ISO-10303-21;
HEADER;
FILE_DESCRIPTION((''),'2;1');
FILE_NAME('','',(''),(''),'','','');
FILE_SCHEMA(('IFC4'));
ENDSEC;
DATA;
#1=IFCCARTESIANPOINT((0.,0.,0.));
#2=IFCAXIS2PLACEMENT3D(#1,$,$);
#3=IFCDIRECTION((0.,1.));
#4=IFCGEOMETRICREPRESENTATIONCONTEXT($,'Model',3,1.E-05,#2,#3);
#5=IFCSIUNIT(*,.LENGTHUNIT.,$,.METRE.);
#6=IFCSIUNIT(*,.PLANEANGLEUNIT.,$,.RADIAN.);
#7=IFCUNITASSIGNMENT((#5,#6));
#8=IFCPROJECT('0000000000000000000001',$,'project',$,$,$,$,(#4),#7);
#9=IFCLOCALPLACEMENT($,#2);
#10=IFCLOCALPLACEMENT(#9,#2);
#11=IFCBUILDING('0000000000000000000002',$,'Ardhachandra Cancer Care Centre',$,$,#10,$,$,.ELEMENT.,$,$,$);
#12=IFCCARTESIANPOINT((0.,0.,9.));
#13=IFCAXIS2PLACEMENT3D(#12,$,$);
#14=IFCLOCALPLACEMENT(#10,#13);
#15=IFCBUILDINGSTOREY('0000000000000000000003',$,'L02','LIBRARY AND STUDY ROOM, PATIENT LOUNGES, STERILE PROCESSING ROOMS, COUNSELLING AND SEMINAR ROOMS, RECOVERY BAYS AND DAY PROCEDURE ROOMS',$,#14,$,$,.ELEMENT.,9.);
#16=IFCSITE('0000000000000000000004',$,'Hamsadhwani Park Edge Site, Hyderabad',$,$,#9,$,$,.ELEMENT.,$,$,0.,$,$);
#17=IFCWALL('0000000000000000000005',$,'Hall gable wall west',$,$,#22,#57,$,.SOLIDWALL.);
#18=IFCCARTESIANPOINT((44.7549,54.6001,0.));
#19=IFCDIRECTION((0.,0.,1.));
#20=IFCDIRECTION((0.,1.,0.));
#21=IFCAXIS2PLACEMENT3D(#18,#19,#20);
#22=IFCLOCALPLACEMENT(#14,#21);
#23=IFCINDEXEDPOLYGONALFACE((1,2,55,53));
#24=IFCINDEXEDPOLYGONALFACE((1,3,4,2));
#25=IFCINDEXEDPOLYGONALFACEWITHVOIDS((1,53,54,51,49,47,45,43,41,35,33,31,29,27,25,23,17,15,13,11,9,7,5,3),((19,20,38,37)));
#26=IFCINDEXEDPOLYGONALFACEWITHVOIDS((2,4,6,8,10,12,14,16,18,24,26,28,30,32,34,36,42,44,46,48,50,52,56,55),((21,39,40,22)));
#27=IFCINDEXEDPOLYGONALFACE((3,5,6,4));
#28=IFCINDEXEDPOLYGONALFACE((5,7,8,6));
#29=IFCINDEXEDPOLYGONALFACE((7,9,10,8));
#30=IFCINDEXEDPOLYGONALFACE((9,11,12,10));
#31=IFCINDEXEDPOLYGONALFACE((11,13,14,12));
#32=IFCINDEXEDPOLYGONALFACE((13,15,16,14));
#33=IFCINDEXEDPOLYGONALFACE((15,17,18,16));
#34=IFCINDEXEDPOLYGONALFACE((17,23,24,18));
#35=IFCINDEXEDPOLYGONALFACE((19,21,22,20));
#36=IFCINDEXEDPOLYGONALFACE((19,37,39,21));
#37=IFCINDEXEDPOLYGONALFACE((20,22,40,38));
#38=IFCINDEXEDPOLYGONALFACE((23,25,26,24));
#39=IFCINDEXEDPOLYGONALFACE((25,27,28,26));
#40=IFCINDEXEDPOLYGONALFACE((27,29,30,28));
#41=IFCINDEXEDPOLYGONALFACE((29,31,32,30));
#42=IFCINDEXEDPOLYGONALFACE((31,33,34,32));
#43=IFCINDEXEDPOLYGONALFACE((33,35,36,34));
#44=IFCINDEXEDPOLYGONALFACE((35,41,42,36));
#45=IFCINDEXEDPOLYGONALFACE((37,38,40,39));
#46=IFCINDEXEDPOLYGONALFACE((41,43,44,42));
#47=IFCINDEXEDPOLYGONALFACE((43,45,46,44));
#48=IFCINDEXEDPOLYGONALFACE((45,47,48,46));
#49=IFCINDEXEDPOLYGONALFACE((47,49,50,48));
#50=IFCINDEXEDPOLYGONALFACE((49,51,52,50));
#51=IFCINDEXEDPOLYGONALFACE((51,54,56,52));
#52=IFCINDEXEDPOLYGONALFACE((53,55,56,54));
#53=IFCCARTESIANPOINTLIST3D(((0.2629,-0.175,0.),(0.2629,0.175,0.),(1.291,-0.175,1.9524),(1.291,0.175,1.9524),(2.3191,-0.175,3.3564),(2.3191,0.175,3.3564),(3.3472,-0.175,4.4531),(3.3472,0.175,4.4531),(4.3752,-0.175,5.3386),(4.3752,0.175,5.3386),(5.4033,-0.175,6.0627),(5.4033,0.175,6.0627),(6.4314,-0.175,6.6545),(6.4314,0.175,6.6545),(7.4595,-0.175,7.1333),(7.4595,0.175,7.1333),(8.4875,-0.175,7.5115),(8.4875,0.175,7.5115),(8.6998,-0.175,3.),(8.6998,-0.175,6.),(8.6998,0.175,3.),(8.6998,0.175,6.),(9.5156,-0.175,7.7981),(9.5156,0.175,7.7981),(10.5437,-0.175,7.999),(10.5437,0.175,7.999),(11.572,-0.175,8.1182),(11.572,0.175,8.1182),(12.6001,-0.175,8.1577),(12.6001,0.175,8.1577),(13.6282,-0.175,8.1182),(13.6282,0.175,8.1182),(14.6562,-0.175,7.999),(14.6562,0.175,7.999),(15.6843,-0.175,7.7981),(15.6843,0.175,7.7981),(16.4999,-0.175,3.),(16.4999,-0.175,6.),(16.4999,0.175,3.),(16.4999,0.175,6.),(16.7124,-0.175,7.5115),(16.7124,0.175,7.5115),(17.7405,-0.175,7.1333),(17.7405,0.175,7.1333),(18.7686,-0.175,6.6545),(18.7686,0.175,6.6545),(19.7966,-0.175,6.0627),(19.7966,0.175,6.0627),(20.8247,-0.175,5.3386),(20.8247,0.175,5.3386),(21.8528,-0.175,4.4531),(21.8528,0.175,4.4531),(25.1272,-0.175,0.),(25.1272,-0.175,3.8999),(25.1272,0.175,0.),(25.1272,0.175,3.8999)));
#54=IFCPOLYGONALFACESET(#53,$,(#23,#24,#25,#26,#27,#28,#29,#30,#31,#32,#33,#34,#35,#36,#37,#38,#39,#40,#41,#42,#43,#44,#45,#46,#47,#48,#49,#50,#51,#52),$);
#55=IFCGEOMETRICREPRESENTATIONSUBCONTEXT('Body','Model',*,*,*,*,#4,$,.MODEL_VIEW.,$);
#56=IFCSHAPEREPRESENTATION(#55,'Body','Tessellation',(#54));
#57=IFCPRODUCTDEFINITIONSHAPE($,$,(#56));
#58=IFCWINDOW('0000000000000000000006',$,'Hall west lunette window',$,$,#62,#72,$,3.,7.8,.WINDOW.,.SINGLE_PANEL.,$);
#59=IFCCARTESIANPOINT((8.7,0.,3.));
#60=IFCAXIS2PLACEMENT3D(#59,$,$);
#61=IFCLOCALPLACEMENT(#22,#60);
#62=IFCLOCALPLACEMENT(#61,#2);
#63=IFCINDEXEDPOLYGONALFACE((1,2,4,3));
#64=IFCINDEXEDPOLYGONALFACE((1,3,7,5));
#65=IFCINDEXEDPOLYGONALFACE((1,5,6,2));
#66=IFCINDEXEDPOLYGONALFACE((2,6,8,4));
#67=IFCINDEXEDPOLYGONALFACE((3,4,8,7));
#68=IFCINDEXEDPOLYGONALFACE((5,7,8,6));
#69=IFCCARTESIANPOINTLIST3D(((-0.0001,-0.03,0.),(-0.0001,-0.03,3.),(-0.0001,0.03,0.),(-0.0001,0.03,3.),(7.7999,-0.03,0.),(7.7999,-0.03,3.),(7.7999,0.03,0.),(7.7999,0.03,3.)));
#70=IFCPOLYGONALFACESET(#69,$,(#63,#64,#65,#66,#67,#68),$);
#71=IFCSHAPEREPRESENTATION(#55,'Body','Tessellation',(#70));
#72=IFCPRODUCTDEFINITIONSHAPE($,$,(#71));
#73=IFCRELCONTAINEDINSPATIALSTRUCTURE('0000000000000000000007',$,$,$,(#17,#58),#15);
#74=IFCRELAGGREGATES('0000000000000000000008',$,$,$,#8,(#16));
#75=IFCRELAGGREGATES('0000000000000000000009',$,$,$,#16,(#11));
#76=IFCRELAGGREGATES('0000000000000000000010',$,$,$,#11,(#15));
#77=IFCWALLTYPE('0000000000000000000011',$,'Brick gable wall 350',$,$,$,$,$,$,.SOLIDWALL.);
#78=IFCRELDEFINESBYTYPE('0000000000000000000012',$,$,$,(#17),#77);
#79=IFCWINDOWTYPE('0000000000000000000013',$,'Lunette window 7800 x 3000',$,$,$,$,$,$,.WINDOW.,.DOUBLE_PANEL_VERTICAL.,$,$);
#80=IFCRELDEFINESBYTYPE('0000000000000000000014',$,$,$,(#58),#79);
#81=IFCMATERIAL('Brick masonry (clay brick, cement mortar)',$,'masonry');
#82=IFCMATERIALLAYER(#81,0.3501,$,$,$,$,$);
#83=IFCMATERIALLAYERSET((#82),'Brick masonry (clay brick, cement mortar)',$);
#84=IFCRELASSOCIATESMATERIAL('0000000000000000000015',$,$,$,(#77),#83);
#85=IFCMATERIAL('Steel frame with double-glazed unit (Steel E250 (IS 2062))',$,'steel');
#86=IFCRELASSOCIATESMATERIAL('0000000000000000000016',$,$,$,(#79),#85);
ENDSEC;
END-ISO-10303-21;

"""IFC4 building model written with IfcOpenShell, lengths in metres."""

from ifc_helpers import new_model, si_unit, direction, frame, frame_2d, origin, place, context, subcontext, project, spatial, polyline, rectangle, outline, extrude, material, layer, layer_set, type_object, element, fill, save


model = new_model("IFC4")

# Units and contexts
model_context = context("Model", 3, precision=1e-05, world=origin(), true_north=direction((0.0, 1.0)))
body_context = subcontext(model_context, "Body", "Model", "MODEL_VIEW")
ifc_project = project(units=[si_unit("LENGTHUNIT", "METRE"), si_unit("PLANEANGLEUNIT", "RADIAN")], contexts=[model_context])

# Site, building, storey
site_placement = place(None, origin())
site = spatial("IfcSite", under=ifc_project, at=site_placement, Name="Hamsadhwani Park Edge Site, Hyderabad", CompositionType="ELEMENT", RefElevation=0.0)
building_placement = place(site_placement, origin())
building = spatial("IfcBuilding", under=site, at=building_placement, Name="Ardhachandra Cancer Care Centre", CompositionType="ELEMENT")
storey_placement = place(building_placement, frame((0.0, 0.0, 9.0)))
storey = spatial("IfcBuildingStorey", under=building, at=storey_placement, Name="L02", Description="LIBRARY AND STUDY ROOM, PATIENT LOUNGES, STERILE PROCESSING ROOMS, COUNSELLING AND SEMINAR ROOMS, RECOVERY BAYS AND DAY PROCEDURE ROOMS", CompositionType="ELEMENT", Elevation=9.0)

# Wall, opening, window
ifc_material_1 = material(Name="Brick masonry (clay brick, cement mortar)", Category="masonry")
ifc_layer_1 = layer(ifc_material_1, 0.3501)
ifc_layer_set_1 = layer_set([ifc_layer_1], Name="Brick masonry (clay brick, cement mortar)")
wall_type_1 = type_object("IfcWallType", Name="Brick gable wall 350", PredefinedType="SOLIDWALL", material=ifc_layer_set_1)
wall_1_placement = place(storey_placement, frame((44.7549, 54.6001, 0.0), z_axis=(0.0, 0.0, 1.0), x_axis=(0.0, 1.0, 0.0)))
wall_1 = element("IfcWall", 1, at=wall_1_placement, inside=storey, type_object=wall_type_1, Name="Hall gable wall west", PredefinedType="SOLIDWALL", context=body_context, shape_type="SweptSolid", body=[
    extrude(outline(polyline([(25.1272, 0.0), (25.1272, 3.8999), (21.8528, 4.4531), (20.8247, 5.3386), (19.7966, 6.0627), (18.7686, 6.6545), (17.7405, 7.1333), (16.7124, 7.5115), (15.6843, 7.7981), (14.6562, 7.999), (13.6282, 8.1182), (12.6001, 8.1577), (11.572, 8.1182), (10.5437, 7.999), (9.5156, 7.7981), (8.4875, 7.5115), (7.4595, 7.1333), (6.4314, 6.6545), (5.4033, 6.0627), (4.3752, 5.3386), (3.3472, 4.4531), (2.3191, 3.3564), (1.291, 1.9524), (0.2629, 0.0), (0.2629, 0.0), (25.1272, 0.0)])), frame((0.0, 0.175, 0.0), z_axis=(0.0, -1.0, 0.0), x_axis=(1.0, 0.0, 0.0)), (0.0, 0.0, 1.0), 0.3501),
])
opening_placement = place(wall_1_placement, frame((8.7, 0.0, 3.0)))
opening = element("IfcOpeningElement", 2, at=opening_placement, cuts=wall_1, PredefinedType="OPENING", context=body_context, shape_type="SweptSolid", body=[
    extrude(rectangle(XDim=7.8, YDim=3.0, at=frame_2d((3.8999, 1.5))), frame((0.0, 0.1851, 0.0), z_axis=(0.0, -1.0, 0.0), x_axis=(1.0, 0.0, 0.0)), (0.0, 0.0, 1.0), 0.3701),
])
ifc_material_2 = material(Name="Steel frame with double-glazed unit (Steel E250 (IS 2062))", Category="steel")
window_type = type_object("IfcWindowType", Name="Lunette window 7800 x 3000", PartitioningType="DOUBLE_PANEL_VERTICAL", PredefinedType="WINDOW", material=ifc_material_2)
window_placement = place(opening_placement, origin())
window = element("IfcWindow", 3, at=window_placement, inside=storey, type_object=window_type, Name="Hall west lunette window", OverallHeight=3.0, OverallWidth=7.8, PartitioningType="SINGLE_PANEL", PredefinedType="WINDOW", context=body_context, shape_type="SweptSolid", body=[
    extrude(rectangle(XDim=7.8, YDim=3.0, at=frame_2d((3.8999, 1.5))), frame((0.0, 0.03, 0.0), z_axis=(0.0, -1.0, 0.0), x_axis=(1.0, 0.0, 0.0)), (0.0, 0.0, 1.0), 0.0601),
])
fill(opening, window)

save(model, "model.ifc")
